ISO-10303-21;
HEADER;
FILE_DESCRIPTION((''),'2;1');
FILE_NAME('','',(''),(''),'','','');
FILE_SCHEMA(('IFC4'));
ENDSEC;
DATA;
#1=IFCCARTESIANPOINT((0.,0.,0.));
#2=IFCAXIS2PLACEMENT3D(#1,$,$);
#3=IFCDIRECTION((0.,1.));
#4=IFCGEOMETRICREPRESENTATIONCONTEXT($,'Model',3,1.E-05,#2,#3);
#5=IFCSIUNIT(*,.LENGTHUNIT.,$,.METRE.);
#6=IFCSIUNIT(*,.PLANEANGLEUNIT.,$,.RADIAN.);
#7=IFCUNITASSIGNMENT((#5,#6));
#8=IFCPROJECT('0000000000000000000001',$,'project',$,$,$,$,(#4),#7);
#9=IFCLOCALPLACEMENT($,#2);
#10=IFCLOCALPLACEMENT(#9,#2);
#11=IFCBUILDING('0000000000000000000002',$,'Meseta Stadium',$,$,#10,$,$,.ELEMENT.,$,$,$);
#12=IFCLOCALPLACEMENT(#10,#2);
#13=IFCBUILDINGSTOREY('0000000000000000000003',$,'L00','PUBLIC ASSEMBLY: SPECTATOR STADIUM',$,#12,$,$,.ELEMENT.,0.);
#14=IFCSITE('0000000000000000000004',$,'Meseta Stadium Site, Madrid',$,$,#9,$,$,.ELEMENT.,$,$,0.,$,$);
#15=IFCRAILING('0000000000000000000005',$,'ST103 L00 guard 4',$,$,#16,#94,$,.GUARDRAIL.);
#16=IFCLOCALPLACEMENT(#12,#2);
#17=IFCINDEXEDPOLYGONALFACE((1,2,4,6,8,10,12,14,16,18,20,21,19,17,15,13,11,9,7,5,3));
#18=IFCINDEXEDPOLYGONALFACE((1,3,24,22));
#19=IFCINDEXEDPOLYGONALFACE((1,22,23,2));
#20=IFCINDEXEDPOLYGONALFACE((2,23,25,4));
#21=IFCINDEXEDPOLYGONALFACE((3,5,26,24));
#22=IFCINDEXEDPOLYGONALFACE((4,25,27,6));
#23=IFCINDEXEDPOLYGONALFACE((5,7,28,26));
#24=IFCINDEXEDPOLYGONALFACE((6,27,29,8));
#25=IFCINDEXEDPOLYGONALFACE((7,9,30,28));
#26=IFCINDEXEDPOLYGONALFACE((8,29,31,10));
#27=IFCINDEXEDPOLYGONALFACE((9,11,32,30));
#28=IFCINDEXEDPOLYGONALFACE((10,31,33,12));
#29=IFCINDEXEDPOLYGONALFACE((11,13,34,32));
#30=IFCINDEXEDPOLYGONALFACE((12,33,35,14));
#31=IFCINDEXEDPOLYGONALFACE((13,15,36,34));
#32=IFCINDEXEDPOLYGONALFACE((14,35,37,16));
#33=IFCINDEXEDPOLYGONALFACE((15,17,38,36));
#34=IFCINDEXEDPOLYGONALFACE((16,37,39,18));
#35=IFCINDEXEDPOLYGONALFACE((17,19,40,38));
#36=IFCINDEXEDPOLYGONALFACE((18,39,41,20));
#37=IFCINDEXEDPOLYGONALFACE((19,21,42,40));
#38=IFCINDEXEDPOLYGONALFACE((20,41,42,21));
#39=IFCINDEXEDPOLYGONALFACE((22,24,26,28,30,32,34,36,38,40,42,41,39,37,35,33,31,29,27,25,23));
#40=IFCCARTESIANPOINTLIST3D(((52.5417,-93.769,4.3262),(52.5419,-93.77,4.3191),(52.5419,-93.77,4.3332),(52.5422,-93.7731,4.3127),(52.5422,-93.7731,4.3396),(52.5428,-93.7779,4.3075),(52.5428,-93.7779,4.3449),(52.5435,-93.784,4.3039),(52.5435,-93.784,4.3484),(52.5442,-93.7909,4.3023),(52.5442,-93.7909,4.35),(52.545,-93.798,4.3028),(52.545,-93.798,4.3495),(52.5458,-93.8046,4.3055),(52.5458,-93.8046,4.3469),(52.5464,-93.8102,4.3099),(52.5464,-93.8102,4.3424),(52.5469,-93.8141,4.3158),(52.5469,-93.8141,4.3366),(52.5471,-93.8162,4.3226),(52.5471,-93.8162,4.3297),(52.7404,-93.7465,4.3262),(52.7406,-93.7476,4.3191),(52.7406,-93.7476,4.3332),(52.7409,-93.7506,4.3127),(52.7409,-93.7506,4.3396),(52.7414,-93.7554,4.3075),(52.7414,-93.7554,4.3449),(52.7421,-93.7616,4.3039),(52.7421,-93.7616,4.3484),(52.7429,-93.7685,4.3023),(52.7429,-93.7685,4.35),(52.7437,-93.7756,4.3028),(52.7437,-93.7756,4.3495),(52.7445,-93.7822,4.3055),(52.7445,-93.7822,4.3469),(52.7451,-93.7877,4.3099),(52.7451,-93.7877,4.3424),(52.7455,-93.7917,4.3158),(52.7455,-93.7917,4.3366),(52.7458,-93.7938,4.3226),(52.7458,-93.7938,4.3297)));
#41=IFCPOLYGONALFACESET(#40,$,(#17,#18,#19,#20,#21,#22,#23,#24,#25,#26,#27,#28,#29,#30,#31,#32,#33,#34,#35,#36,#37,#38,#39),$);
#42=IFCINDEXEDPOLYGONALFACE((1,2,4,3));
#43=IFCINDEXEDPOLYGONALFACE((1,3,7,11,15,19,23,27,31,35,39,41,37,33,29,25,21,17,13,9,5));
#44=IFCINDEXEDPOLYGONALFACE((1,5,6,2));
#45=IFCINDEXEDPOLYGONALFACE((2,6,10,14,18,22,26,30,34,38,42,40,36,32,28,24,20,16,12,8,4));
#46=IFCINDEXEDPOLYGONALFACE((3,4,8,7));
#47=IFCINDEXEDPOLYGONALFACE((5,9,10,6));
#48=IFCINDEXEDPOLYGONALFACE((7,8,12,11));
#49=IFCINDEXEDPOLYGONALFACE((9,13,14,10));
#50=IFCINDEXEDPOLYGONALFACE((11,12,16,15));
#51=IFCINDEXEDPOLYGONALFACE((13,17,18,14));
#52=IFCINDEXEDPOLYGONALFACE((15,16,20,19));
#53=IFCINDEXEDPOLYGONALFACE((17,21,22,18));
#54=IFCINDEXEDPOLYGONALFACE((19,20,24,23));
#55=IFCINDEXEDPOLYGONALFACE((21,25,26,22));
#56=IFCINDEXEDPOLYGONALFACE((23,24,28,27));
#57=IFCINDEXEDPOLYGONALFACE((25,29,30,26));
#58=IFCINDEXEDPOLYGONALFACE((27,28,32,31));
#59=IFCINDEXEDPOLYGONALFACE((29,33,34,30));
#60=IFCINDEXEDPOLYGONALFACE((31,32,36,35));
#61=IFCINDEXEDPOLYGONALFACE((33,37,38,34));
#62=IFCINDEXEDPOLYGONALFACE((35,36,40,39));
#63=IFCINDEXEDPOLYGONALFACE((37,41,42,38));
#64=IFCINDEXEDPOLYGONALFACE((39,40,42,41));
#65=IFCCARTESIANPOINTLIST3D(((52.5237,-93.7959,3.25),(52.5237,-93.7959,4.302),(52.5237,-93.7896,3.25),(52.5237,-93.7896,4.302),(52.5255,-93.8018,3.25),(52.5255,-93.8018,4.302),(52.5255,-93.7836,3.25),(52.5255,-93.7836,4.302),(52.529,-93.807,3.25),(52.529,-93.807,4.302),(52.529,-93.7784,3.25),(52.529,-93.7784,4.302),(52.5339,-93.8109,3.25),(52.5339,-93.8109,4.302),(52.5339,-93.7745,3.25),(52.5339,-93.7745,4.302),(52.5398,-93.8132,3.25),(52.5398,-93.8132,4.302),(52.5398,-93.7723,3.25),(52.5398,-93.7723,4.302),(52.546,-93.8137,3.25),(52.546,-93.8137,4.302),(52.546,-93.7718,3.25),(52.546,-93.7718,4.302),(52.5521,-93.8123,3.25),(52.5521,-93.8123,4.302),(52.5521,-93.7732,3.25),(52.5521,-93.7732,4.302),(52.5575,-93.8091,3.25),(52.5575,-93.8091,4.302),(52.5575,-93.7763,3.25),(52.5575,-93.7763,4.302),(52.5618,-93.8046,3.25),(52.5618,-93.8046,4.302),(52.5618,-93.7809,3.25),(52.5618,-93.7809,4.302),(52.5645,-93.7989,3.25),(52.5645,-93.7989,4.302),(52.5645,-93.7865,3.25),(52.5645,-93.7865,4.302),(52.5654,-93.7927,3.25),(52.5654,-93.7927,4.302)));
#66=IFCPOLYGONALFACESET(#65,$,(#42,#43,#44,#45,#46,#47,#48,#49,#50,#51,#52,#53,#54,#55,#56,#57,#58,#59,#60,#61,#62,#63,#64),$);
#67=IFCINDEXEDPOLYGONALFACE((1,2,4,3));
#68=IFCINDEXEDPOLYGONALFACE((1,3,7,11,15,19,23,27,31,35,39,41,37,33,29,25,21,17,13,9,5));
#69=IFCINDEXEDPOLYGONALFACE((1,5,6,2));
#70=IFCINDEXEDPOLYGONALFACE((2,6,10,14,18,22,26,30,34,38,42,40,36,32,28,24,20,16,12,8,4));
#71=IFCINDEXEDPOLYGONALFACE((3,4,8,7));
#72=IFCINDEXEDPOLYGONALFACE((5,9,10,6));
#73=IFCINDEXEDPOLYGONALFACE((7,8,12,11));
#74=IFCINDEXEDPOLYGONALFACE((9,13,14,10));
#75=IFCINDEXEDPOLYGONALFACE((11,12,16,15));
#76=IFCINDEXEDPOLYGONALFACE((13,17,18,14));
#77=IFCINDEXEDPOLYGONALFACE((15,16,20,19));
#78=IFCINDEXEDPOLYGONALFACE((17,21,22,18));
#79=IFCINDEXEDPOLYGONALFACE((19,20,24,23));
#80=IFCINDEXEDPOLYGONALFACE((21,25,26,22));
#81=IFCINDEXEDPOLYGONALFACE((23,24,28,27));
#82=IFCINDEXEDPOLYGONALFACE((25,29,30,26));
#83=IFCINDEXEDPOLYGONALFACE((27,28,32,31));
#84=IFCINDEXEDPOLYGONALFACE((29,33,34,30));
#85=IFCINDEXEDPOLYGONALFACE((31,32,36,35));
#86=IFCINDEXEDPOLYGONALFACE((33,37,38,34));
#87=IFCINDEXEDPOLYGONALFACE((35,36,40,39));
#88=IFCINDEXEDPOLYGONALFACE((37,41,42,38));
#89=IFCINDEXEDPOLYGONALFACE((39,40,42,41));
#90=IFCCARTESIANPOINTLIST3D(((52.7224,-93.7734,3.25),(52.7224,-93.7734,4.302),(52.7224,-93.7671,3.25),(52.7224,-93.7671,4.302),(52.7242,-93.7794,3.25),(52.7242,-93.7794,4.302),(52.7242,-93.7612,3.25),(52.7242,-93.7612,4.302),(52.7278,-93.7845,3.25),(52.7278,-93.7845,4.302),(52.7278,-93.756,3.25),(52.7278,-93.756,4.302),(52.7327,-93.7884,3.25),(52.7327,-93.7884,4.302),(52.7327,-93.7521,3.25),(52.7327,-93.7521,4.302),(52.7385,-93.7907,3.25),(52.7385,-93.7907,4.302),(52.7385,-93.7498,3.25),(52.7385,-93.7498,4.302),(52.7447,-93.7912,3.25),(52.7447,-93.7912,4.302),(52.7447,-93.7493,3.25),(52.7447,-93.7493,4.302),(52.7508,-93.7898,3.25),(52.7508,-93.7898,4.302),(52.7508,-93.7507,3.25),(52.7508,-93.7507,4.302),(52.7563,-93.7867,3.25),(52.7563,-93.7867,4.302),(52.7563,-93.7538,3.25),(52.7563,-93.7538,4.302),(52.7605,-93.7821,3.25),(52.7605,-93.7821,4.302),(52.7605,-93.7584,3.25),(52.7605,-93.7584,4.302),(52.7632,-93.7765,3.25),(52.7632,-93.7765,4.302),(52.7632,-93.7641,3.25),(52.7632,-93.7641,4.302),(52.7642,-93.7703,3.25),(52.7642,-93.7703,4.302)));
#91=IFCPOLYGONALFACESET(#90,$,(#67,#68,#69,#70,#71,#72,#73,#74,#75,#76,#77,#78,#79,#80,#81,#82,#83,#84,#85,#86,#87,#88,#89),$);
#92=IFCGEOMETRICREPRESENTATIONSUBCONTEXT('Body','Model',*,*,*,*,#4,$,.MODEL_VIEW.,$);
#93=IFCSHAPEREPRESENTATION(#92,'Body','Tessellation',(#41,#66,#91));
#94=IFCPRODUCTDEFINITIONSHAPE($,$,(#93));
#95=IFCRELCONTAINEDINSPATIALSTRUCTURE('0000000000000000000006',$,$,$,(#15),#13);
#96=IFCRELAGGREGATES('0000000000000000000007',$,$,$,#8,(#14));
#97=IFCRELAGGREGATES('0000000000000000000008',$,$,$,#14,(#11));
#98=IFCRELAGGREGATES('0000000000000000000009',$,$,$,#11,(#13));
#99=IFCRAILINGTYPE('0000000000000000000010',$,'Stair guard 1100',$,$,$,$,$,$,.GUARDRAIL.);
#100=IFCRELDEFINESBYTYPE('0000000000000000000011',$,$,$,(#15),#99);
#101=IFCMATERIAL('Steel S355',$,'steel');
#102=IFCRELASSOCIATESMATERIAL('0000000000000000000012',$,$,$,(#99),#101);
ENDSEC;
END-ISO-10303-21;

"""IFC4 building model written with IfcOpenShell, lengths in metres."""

from ifc_helpers import new_model, si_unit, direction, frame, origin, origin_2d, place, context, subcontext, project, spatial, circle, extrude, material, type_object, element, save


model = new_model("IFC4")

# Units and contexts
model_context = context("Model", 3, precision=1e-05, world=origin(), true_north=direction((0.0, 1.0)))
body_context = subcontext(model_context, "Body", "Model", "MODEL_VIEW")
ifc_project = project(units=[si_unit("LENGTHUNIT", "METRE"), si_unit("PLANEANGLEUNIT", "RADIAN")], contexts=[model_context])

# Site, building, storey
site_placement = place(None, origin())
site = spatial("IfcSite", under=ifc_project, at=site_placement, Name="Meseta Stadium Site, Madrid", CompositionType="ELEMENT", RefElevation=0.0)
building_placement = place(site_placement, origin())
building = spatial("IfcBuilding", under=site, at=building_placement, Name="Meseta Stadium", CompositionType="ELEMENT")
storey_placement = place(building_placement, origin())
storey = spatial("IfcBuildingStorey", under=building, at=storey_placement, Name="L00", Description="PUBLIC ASSEMBLY: SPECTATOR STADIUM", CompositionType="ELEMENT", Elevation=0.0)

# Railing
ifc_material_1 = material(Name="Steel S355", Category="steel")
railing_type = type_object("IfcRailingType", Name="Stair guard 1100", PredefinedType="GUARDRAIL", material=ifc_material_1)
railing_1_placement = place(storey_placement, frame((52.5444, -93.7927, 3.25)))
element("IfcRailing", 1, at=railing_1_placement, inside=storey, type_object=railing_type, Name="ST103 L00 guard 4", PredefinedType="GUARDRAIL", context=body_context, shape_type="SweptSolid", body=[
    extrude(circle(Radius=0.0239, at=origin_2d()), frame((0.0, 0.0, 1.0762), z_axis=(0.993674, 0.112307, 0.0), x_axis=(-0.112307, 0.993674, 0.0)), (0.0, 0.0, 1.0), 0.2),
    extrude(circle(Radius=0.021, at=origin_2d()), origin(), (0.0, 0.0, 1.0), 1.052),
    extrude(circle(Radius=0.021, at=origin_2d()), frame((0.1987, 0.0225, 0.0)), (0.0, 0.0, 1.0), 1.052),
])

save(model, "model.ifc")
